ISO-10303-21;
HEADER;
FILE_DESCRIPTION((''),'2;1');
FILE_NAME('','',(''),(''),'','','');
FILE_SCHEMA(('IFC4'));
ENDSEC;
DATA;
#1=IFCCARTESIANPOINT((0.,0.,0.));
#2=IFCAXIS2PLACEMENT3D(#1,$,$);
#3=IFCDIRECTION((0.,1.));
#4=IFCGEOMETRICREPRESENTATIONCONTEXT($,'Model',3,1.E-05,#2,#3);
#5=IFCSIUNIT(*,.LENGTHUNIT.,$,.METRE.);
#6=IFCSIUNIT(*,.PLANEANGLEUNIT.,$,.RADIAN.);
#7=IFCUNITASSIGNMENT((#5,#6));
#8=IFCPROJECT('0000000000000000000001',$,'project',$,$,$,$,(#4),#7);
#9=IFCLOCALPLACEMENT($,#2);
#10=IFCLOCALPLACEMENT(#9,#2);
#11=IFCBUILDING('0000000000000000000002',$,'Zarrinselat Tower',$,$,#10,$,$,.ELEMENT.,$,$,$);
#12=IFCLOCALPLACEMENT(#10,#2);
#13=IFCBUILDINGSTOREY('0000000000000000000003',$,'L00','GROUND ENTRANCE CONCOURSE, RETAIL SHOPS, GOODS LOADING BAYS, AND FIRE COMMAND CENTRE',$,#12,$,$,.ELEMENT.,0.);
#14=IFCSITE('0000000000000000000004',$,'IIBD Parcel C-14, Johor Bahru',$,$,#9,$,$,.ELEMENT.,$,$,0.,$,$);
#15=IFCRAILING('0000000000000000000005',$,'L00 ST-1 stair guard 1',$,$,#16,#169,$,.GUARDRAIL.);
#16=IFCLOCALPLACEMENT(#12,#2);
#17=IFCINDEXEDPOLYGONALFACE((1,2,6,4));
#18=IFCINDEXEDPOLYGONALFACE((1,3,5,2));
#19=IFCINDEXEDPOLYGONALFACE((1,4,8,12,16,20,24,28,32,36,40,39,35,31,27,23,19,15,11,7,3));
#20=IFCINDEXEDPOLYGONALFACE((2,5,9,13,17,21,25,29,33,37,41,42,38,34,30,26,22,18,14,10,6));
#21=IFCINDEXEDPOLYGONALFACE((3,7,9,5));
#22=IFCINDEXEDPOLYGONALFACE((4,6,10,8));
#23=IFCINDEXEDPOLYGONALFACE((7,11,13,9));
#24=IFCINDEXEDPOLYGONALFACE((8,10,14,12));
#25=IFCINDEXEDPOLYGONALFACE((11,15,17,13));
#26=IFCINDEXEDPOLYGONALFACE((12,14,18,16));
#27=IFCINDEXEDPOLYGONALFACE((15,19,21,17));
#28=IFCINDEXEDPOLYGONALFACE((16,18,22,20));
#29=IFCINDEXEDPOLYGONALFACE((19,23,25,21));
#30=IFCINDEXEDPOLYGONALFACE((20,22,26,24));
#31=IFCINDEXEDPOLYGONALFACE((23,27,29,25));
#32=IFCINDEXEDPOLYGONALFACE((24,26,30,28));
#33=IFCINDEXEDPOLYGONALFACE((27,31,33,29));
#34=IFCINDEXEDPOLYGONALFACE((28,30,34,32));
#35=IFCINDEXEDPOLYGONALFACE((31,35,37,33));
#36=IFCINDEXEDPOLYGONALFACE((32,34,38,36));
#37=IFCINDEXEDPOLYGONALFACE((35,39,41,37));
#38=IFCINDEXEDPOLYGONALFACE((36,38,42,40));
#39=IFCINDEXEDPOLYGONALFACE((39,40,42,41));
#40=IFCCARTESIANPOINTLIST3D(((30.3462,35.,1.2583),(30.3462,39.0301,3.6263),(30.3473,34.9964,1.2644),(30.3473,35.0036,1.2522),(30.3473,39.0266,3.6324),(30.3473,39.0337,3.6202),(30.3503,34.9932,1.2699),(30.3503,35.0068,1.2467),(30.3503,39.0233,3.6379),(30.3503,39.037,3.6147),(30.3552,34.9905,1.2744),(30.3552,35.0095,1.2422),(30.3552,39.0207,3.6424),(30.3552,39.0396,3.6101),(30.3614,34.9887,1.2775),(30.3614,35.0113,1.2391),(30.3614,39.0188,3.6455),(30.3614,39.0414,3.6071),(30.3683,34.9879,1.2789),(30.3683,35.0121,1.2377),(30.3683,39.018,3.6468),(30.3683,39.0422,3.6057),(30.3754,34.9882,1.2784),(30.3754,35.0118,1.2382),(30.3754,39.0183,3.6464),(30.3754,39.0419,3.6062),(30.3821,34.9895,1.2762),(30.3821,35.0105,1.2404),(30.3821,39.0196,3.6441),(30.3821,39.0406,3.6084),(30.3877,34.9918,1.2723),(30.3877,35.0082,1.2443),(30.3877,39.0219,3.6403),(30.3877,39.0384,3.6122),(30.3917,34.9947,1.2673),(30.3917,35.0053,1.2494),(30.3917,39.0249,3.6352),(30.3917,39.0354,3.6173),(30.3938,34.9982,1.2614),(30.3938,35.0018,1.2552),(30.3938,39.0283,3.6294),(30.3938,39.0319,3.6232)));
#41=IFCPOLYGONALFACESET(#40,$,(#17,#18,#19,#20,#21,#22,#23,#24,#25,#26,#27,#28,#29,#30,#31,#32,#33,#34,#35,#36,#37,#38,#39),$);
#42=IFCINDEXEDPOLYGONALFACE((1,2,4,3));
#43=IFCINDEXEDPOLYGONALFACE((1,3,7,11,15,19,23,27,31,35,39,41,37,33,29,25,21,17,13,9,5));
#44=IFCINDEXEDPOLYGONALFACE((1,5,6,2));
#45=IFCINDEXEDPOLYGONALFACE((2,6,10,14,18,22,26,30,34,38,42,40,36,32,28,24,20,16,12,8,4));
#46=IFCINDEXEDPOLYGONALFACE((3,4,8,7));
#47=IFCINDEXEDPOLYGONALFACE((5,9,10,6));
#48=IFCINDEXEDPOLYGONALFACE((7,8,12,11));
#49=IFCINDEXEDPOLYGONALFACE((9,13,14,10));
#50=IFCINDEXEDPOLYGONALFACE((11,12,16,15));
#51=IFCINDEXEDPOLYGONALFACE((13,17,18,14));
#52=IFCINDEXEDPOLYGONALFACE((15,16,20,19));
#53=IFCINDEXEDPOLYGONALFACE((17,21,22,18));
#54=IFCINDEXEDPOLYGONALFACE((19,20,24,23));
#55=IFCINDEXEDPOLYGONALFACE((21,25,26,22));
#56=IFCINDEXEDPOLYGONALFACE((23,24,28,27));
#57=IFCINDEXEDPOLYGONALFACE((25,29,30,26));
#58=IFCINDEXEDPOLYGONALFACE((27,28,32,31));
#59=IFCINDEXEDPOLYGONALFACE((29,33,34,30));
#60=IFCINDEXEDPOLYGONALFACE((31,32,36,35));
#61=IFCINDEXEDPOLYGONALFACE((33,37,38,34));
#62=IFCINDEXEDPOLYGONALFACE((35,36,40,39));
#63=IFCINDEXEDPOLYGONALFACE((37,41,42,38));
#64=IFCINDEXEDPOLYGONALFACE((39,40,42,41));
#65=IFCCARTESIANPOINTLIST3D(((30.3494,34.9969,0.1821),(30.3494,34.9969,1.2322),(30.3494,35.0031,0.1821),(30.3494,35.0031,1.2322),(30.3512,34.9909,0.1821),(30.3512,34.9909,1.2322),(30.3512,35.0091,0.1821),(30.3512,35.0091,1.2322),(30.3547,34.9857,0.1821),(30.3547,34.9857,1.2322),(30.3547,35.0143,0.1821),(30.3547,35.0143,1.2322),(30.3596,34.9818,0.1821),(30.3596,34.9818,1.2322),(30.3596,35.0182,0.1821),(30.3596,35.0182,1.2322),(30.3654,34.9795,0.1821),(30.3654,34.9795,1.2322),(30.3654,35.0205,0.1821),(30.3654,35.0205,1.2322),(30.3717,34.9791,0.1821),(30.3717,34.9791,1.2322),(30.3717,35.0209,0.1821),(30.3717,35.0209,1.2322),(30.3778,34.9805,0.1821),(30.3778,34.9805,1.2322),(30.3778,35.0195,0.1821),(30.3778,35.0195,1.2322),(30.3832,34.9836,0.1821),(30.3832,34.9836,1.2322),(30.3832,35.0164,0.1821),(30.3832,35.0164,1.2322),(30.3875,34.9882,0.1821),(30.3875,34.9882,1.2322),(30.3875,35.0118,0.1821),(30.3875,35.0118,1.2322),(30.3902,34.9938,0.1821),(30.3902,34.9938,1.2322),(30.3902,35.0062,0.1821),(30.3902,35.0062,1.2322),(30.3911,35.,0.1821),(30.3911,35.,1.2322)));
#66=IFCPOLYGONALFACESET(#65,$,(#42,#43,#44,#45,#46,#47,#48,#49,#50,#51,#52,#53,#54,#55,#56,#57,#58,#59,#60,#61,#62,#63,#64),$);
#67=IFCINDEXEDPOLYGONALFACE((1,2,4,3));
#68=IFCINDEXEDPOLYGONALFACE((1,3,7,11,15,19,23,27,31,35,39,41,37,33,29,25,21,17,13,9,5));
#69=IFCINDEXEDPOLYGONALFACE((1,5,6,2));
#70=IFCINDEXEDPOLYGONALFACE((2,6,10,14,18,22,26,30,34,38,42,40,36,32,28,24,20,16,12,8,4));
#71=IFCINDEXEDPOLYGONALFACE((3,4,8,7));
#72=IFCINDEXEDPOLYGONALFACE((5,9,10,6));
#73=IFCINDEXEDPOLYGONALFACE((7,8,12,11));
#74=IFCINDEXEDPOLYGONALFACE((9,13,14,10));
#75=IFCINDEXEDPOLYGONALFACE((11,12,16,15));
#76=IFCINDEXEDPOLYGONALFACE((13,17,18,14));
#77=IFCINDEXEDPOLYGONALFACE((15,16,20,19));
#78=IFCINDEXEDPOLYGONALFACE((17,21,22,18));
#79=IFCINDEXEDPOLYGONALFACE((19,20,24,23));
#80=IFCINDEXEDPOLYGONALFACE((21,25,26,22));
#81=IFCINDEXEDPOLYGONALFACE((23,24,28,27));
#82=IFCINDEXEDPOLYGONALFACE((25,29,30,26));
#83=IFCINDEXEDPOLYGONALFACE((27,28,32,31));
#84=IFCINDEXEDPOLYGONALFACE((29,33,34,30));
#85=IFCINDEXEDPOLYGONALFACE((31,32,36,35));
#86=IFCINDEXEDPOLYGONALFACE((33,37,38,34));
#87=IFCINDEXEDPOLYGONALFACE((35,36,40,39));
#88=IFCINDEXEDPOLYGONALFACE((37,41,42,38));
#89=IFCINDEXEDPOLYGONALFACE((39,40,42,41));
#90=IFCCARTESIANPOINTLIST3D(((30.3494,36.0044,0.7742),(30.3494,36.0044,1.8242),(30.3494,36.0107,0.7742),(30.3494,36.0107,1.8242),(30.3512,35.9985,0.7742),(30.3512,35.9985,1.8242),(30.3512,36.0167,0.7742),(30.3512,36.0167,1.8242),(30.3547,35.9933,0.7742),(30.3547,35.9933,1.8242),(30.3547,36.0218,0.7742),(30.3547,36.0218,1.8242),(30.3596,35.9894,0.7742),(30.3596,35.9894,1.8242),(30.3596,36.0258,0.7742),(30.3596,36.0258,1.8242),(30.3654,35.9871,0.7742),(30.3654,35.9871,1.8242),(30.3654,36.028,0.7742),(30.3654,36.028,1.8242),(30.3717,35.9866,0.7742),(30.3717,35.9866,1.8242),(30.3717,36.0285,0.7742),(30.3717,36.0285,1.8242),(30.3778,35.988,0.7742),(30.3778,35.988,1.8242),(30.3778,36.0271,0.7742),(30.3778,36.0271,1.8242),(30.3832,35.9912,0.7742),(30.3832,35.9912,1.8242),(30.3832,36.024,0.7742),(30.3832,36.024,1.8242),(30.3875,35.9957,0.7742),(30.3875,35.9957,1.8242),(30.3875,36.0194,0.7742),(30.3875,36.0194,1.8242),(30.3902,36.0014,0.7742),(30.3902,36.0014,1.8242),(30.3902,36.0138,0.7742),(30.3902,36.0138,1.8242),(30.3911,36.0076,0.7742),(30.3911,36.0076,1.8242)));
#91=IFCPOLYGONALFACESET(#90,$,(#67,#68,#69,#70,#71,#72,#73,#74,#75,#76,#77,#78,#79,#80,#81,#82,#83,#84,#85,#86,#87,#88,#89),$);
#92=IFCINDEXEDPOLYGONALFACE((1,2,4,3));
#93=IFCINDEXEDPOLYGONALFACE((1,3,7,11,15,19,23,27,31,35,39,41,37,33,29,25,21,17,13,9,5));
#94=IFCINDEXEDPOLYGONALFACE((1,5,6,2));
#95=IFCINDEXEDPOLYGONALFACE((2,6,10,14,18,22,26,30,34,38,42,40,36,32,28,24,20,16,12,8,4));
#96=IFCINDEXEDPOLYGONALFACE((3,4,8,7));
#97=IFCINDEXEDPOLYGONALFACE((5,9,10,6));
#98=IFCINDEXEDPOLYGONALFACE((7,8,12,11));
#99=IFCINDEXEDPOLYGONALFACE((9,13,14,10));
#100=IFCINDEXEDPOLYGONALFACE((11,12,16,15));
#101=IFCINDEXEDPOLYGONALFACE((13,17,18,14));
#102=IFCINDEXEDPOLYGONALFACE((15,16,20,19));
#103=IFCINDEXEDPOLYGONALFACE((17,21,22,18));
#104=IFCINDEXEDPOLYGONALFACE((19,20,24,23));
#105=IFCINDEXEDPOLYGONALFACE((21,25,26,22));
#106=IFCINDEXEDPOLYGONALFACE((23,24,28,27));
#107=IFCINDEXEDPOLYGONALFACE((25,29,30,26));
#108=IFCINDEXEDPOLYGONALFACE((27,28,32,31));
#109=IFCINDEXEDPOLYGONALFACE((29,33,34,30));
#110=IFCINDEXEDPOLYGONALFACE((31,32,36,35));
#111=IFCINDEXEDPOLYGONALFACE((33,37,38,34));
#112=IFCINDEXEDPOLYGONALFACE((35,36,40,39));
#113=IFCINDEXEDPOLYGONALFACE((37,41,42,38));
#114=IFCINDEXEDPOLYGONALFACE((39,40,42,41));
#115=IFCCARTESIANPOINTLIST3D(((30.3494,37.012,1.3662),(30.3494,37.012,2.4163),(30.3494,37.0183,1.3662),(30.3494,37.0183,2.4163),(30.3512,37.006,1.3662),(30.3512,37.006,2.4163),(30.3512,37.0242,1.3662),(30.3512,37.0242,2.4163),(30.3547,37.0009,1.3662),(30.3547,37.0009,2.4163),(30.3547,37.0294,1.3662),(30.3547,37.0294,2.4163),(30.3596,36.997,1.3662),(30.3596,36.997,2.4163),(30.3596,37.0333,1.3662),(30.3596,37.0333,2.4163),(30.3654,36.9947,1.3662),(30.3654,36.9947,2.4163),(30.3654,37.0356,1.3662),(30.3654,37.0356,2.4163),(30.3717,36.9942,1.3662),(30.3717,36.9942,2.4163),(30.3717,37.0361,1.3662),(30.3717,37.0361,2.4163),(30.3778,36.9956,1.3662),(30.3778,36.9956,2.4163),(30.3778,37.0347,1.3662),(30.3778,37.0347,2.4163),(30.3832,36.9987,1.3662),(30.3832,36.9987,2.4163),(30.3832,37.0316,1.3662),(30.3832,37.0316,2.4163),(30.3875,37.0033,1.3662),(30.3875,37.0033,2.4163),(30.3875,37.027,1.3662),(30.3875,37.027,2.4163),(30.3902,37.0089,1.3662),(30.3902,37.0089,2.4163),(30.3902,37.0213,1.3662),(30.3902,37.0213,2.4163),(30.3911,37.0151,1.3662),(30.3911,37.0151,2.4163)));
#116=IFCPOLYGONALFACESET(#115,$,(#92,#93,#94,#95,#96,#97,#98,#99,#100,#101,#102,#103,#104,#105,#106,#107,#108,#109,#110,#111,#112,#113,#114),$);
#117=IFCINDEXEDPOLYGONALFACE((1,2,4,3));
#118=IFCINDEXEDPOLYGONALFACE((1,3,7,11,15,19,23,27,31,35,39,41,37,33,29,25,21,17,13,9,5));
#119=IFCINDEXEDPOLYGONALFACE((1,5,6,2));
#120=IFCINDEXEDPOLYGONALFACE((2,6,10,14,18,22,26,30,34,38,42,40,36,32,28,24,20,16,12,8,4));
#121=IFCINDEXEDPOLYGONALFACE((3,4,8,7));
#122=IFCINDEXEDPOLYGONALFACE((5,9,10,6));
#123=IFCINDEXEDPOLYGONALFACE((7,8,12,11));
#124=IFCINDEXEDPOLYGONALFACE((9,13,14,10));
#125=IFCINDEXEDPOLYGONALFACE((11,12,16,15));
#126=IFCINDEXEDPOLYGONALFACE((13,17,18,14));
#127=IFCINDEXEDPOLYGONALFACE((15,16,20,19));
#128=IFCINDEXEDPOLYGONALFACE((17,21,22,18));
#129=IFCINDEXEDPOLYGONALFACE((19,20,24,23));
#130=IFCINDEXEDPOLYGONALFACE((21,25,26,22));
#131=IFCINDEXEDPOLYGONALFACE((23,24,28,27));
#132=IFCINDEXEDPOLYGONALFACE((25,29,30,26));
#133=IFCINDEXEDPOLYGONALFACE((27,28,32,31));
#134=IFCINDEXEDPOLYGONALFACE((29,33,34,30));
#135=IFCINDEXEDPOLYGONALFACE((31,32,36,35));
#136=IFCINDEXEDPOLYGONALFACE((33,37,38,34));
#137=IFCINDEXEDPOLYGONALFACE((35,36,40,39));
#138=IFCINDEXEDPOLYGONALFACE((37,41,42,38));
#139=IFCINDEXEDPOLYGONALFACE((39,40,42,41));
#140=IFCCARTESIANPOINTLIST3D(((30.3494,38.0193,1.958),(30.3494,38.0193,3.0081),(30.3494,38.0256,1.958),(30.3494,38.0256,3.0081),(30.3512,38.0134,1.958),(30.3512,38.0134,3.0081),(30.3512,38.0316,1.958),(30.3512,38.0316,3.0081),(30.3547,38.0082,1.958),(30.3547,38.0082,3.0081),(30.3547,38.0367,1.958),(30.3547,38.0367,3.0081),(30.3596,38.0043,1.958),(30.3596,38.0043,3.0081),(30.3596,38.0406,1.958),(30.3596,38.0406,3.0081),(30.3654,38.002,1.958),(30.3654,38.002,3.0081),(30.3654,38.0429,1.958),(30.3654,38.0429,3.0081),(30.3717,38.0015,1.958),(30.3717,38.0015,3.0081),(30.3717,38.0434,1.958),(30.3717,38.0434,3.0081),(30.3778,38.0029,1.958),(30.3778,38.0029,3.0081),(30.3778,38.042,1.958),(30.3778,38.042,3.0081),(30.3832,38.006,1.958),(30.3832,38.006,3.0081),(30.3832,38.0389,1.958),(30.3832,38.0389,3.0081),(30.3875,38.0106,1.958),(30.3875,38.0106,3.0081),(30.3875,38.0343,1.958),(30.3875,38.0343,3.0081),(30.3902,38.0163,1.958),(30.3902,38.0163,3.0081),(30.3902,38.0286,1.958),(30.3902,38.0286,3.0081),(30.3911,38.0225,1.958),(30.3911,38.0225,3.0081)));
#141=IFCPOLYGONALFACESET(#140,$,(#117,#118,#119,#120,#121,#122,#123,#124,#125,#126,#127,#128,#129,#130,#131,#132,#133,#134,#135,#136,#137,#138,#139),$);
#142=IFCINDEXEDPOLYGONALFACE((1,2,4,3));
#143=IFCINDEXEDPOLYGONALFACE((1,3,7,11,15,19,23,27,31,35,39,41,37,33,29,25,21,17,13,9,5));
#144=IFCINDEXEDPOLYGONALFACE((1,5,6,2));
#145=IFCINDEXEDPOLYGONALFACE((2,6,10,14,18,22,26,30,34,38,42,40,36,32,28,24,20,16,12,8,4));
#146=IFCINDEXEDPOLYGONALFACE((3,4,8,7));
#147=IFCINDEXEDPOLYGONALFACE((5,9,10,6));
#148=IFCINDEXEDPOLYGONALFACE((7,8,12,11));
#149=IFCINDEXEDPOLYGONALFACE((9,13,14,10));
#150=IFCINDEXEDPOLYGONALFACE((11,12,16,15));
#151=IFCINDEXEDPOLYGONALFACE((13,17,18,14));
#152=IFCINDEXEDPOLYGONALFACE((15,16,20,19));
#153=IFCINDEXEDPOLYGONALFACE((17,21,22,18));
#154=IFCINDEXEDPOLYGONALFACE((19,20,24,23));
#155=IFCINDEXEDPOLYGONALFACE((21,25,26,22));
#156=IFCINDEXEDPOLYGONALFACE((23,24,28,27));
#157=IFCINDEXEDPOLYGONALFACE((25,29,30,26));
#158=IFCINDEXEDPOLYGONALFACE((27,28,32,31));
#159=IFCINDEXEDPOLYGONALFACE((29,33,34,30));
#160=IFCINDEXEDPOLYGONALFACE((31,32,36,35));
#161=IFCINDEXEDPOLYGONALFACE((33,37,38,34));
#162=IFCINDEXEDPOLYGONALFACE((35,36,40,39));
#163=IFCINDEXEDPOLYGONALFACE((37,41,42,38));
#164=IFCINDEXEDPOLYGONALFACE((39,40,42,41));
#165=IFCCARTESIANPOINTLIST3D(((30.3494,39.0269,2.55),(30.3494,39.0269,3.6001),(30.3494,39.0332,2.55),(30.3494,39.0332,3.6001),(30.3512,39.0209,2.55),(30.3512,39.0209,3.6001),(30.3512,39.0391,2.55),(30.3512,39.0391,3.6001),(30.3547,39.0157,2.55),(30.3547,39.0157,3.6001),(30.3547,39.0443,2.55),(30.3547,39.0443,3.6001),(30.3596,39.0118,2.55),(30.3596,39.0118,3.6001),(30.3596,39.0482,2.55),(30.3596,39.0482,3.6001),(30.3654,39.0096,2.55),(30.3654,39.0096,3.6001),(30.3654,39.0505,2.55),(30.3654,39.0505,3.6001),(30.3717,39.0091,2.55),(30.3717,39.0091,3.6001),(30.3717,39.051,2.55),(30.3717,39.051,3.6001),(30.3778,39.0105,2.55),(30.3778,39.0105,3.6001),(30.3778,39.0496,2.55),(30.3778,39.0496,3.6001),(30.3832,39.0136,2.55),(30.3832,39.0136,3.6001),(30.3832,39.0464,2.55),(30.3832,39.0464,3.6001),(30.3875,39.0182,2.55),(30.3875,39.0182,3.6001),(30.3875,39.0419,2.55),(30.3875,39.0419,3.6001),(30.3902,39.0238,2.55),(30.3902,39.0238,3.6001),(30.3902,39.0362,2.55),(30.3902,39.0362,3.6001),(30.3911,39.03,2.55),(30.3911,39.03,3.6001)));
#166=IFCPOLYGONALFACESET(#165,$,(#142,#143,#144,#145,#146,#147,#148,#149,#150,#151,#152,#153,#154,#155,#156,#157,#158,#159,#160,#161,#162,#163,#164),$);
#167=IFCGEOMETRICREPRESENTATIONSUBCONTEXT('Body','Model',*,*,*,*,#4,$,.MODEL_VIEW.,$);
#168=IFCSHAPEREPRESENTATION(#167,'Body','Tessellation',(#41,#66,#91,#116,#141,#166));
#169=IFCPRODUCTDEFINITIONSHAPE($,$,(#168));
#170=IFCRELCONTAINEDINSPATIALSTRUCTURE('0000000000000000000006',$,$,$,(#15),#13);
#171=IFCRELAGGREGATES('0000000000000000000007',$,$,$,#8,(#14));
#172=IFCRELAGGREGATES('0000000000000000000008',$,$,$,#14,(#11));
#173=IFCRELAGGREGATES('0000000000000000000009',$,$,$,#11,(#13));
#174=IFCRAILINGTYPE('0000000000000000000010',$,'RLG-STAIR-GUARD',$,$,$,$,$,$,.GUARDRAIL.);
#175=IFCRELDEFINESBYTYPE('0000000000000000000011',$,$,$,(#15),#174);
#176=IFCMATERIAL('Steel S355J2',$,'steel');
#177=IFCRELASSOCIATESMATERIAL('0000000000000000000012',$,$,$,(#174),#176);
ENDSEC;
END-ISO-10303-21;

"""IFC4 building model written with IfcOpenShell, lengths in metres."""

from ifc_helpers import new_model, si_unit, direction, frame, origin, origin_2d, place, context, subcontext, project, spatial, circle, extrude, material, type_object, element, save


model = new_model("IFC4")

# Units and contexts
model_context = context("Model", 3, precision=1e-05, world=origin(), true_north=direction((0.0, 1.0)))
body_context = subcontext(model_context, "Body", "Model", "MODEL_VIEW")
ifc_project = project(units=[si_unit("LENGTHUNIT", "METRE"), si_unit("PLANEANGLEUNIT", "RADIAN")], contexts=[model_context])

# Site, building, storey
site_placement = place(None, origin())
site = spatial("IfcSite", under=ifc_project, at=site_placement, Name="IIBD Parcel C-14, Johor Bahru", CompositionType="ELEMENT", RefElevation=0.0)
building_placement = place(site_placement, origin())
building = spatial("IfcBuilding", under=site, at=building_placement, Name="Zarrinselat Tower", CompositionType="ELEMENT")
storey_placement = place(building_placement, origin())
storey = spatial("IfcBuildingStorey", under=building, at=storey_placement, Name="L00", Description="GROUND ENTRANCE CONCOURSE, RETAIL SHOPS, GOODS LOADING BAYS, AND FIRE COMMAND CENTRE", CompositionType="ELEMENT", Elevation=0.0)

# Railing
ifc_material_1 = material(Name="Steel S355J2", Category="steel")
railing_type_1 = type_object("IfcRailingType", Name="RLG-STAIR-GUARD", PredefinedType="GUARDRAIL", material=ifc_material_1)
railing_1_placement = place(storey_placement, frame((30.3701, 35.0, 0.1821)))
element("IfcRailing", 1, at=railing_1_placement, inside=storey, type_object=railing_type_1, Name="L00 ST-1 stair guard 1", PredefinedType="GUARDRAIL", context=body_context, shape_type="SweptSolid", body=[
    extrude(circle(Radius=0.0239, at=origin_2d()), frame((0.0, 0.0, 1.0762), z_axis=(0.0, 0.862185, 0.506593), x_axis=(-1.0, 0.0, 0.0)), (0.0, 0.0, 1.0), 4.6743),
    extrude(circle(Radius=0.021, at=origin_2d()), origin(), (0.0, 0.0, 1.0), 1.05),
    extrude(circle(Radius=0.021, at=origin_2d()), frame((0.0, 1.0076, 0.592)), (0.0, 0.0, 1.0), 1.05),
    extrude(circle(Radius=0.021, at=origin_2d()), frame((0.0, 2.0151, 1.1841)), (0.0, 0.0, 1.0), 1.05),
    extrude(circle(Radius=0.021, at=origin_2d()), frame((0.0, 3.0225, 1.7759)), (0.0, 0.0, 1.0), 1.05),
    extrude(circle(Radius=0.021, at=origin_2d()), frame((0.0, 4.03, 2.3679)), (0.0, 0.0, 1.0), 1.05),
])

save(model, "model.ifc")
